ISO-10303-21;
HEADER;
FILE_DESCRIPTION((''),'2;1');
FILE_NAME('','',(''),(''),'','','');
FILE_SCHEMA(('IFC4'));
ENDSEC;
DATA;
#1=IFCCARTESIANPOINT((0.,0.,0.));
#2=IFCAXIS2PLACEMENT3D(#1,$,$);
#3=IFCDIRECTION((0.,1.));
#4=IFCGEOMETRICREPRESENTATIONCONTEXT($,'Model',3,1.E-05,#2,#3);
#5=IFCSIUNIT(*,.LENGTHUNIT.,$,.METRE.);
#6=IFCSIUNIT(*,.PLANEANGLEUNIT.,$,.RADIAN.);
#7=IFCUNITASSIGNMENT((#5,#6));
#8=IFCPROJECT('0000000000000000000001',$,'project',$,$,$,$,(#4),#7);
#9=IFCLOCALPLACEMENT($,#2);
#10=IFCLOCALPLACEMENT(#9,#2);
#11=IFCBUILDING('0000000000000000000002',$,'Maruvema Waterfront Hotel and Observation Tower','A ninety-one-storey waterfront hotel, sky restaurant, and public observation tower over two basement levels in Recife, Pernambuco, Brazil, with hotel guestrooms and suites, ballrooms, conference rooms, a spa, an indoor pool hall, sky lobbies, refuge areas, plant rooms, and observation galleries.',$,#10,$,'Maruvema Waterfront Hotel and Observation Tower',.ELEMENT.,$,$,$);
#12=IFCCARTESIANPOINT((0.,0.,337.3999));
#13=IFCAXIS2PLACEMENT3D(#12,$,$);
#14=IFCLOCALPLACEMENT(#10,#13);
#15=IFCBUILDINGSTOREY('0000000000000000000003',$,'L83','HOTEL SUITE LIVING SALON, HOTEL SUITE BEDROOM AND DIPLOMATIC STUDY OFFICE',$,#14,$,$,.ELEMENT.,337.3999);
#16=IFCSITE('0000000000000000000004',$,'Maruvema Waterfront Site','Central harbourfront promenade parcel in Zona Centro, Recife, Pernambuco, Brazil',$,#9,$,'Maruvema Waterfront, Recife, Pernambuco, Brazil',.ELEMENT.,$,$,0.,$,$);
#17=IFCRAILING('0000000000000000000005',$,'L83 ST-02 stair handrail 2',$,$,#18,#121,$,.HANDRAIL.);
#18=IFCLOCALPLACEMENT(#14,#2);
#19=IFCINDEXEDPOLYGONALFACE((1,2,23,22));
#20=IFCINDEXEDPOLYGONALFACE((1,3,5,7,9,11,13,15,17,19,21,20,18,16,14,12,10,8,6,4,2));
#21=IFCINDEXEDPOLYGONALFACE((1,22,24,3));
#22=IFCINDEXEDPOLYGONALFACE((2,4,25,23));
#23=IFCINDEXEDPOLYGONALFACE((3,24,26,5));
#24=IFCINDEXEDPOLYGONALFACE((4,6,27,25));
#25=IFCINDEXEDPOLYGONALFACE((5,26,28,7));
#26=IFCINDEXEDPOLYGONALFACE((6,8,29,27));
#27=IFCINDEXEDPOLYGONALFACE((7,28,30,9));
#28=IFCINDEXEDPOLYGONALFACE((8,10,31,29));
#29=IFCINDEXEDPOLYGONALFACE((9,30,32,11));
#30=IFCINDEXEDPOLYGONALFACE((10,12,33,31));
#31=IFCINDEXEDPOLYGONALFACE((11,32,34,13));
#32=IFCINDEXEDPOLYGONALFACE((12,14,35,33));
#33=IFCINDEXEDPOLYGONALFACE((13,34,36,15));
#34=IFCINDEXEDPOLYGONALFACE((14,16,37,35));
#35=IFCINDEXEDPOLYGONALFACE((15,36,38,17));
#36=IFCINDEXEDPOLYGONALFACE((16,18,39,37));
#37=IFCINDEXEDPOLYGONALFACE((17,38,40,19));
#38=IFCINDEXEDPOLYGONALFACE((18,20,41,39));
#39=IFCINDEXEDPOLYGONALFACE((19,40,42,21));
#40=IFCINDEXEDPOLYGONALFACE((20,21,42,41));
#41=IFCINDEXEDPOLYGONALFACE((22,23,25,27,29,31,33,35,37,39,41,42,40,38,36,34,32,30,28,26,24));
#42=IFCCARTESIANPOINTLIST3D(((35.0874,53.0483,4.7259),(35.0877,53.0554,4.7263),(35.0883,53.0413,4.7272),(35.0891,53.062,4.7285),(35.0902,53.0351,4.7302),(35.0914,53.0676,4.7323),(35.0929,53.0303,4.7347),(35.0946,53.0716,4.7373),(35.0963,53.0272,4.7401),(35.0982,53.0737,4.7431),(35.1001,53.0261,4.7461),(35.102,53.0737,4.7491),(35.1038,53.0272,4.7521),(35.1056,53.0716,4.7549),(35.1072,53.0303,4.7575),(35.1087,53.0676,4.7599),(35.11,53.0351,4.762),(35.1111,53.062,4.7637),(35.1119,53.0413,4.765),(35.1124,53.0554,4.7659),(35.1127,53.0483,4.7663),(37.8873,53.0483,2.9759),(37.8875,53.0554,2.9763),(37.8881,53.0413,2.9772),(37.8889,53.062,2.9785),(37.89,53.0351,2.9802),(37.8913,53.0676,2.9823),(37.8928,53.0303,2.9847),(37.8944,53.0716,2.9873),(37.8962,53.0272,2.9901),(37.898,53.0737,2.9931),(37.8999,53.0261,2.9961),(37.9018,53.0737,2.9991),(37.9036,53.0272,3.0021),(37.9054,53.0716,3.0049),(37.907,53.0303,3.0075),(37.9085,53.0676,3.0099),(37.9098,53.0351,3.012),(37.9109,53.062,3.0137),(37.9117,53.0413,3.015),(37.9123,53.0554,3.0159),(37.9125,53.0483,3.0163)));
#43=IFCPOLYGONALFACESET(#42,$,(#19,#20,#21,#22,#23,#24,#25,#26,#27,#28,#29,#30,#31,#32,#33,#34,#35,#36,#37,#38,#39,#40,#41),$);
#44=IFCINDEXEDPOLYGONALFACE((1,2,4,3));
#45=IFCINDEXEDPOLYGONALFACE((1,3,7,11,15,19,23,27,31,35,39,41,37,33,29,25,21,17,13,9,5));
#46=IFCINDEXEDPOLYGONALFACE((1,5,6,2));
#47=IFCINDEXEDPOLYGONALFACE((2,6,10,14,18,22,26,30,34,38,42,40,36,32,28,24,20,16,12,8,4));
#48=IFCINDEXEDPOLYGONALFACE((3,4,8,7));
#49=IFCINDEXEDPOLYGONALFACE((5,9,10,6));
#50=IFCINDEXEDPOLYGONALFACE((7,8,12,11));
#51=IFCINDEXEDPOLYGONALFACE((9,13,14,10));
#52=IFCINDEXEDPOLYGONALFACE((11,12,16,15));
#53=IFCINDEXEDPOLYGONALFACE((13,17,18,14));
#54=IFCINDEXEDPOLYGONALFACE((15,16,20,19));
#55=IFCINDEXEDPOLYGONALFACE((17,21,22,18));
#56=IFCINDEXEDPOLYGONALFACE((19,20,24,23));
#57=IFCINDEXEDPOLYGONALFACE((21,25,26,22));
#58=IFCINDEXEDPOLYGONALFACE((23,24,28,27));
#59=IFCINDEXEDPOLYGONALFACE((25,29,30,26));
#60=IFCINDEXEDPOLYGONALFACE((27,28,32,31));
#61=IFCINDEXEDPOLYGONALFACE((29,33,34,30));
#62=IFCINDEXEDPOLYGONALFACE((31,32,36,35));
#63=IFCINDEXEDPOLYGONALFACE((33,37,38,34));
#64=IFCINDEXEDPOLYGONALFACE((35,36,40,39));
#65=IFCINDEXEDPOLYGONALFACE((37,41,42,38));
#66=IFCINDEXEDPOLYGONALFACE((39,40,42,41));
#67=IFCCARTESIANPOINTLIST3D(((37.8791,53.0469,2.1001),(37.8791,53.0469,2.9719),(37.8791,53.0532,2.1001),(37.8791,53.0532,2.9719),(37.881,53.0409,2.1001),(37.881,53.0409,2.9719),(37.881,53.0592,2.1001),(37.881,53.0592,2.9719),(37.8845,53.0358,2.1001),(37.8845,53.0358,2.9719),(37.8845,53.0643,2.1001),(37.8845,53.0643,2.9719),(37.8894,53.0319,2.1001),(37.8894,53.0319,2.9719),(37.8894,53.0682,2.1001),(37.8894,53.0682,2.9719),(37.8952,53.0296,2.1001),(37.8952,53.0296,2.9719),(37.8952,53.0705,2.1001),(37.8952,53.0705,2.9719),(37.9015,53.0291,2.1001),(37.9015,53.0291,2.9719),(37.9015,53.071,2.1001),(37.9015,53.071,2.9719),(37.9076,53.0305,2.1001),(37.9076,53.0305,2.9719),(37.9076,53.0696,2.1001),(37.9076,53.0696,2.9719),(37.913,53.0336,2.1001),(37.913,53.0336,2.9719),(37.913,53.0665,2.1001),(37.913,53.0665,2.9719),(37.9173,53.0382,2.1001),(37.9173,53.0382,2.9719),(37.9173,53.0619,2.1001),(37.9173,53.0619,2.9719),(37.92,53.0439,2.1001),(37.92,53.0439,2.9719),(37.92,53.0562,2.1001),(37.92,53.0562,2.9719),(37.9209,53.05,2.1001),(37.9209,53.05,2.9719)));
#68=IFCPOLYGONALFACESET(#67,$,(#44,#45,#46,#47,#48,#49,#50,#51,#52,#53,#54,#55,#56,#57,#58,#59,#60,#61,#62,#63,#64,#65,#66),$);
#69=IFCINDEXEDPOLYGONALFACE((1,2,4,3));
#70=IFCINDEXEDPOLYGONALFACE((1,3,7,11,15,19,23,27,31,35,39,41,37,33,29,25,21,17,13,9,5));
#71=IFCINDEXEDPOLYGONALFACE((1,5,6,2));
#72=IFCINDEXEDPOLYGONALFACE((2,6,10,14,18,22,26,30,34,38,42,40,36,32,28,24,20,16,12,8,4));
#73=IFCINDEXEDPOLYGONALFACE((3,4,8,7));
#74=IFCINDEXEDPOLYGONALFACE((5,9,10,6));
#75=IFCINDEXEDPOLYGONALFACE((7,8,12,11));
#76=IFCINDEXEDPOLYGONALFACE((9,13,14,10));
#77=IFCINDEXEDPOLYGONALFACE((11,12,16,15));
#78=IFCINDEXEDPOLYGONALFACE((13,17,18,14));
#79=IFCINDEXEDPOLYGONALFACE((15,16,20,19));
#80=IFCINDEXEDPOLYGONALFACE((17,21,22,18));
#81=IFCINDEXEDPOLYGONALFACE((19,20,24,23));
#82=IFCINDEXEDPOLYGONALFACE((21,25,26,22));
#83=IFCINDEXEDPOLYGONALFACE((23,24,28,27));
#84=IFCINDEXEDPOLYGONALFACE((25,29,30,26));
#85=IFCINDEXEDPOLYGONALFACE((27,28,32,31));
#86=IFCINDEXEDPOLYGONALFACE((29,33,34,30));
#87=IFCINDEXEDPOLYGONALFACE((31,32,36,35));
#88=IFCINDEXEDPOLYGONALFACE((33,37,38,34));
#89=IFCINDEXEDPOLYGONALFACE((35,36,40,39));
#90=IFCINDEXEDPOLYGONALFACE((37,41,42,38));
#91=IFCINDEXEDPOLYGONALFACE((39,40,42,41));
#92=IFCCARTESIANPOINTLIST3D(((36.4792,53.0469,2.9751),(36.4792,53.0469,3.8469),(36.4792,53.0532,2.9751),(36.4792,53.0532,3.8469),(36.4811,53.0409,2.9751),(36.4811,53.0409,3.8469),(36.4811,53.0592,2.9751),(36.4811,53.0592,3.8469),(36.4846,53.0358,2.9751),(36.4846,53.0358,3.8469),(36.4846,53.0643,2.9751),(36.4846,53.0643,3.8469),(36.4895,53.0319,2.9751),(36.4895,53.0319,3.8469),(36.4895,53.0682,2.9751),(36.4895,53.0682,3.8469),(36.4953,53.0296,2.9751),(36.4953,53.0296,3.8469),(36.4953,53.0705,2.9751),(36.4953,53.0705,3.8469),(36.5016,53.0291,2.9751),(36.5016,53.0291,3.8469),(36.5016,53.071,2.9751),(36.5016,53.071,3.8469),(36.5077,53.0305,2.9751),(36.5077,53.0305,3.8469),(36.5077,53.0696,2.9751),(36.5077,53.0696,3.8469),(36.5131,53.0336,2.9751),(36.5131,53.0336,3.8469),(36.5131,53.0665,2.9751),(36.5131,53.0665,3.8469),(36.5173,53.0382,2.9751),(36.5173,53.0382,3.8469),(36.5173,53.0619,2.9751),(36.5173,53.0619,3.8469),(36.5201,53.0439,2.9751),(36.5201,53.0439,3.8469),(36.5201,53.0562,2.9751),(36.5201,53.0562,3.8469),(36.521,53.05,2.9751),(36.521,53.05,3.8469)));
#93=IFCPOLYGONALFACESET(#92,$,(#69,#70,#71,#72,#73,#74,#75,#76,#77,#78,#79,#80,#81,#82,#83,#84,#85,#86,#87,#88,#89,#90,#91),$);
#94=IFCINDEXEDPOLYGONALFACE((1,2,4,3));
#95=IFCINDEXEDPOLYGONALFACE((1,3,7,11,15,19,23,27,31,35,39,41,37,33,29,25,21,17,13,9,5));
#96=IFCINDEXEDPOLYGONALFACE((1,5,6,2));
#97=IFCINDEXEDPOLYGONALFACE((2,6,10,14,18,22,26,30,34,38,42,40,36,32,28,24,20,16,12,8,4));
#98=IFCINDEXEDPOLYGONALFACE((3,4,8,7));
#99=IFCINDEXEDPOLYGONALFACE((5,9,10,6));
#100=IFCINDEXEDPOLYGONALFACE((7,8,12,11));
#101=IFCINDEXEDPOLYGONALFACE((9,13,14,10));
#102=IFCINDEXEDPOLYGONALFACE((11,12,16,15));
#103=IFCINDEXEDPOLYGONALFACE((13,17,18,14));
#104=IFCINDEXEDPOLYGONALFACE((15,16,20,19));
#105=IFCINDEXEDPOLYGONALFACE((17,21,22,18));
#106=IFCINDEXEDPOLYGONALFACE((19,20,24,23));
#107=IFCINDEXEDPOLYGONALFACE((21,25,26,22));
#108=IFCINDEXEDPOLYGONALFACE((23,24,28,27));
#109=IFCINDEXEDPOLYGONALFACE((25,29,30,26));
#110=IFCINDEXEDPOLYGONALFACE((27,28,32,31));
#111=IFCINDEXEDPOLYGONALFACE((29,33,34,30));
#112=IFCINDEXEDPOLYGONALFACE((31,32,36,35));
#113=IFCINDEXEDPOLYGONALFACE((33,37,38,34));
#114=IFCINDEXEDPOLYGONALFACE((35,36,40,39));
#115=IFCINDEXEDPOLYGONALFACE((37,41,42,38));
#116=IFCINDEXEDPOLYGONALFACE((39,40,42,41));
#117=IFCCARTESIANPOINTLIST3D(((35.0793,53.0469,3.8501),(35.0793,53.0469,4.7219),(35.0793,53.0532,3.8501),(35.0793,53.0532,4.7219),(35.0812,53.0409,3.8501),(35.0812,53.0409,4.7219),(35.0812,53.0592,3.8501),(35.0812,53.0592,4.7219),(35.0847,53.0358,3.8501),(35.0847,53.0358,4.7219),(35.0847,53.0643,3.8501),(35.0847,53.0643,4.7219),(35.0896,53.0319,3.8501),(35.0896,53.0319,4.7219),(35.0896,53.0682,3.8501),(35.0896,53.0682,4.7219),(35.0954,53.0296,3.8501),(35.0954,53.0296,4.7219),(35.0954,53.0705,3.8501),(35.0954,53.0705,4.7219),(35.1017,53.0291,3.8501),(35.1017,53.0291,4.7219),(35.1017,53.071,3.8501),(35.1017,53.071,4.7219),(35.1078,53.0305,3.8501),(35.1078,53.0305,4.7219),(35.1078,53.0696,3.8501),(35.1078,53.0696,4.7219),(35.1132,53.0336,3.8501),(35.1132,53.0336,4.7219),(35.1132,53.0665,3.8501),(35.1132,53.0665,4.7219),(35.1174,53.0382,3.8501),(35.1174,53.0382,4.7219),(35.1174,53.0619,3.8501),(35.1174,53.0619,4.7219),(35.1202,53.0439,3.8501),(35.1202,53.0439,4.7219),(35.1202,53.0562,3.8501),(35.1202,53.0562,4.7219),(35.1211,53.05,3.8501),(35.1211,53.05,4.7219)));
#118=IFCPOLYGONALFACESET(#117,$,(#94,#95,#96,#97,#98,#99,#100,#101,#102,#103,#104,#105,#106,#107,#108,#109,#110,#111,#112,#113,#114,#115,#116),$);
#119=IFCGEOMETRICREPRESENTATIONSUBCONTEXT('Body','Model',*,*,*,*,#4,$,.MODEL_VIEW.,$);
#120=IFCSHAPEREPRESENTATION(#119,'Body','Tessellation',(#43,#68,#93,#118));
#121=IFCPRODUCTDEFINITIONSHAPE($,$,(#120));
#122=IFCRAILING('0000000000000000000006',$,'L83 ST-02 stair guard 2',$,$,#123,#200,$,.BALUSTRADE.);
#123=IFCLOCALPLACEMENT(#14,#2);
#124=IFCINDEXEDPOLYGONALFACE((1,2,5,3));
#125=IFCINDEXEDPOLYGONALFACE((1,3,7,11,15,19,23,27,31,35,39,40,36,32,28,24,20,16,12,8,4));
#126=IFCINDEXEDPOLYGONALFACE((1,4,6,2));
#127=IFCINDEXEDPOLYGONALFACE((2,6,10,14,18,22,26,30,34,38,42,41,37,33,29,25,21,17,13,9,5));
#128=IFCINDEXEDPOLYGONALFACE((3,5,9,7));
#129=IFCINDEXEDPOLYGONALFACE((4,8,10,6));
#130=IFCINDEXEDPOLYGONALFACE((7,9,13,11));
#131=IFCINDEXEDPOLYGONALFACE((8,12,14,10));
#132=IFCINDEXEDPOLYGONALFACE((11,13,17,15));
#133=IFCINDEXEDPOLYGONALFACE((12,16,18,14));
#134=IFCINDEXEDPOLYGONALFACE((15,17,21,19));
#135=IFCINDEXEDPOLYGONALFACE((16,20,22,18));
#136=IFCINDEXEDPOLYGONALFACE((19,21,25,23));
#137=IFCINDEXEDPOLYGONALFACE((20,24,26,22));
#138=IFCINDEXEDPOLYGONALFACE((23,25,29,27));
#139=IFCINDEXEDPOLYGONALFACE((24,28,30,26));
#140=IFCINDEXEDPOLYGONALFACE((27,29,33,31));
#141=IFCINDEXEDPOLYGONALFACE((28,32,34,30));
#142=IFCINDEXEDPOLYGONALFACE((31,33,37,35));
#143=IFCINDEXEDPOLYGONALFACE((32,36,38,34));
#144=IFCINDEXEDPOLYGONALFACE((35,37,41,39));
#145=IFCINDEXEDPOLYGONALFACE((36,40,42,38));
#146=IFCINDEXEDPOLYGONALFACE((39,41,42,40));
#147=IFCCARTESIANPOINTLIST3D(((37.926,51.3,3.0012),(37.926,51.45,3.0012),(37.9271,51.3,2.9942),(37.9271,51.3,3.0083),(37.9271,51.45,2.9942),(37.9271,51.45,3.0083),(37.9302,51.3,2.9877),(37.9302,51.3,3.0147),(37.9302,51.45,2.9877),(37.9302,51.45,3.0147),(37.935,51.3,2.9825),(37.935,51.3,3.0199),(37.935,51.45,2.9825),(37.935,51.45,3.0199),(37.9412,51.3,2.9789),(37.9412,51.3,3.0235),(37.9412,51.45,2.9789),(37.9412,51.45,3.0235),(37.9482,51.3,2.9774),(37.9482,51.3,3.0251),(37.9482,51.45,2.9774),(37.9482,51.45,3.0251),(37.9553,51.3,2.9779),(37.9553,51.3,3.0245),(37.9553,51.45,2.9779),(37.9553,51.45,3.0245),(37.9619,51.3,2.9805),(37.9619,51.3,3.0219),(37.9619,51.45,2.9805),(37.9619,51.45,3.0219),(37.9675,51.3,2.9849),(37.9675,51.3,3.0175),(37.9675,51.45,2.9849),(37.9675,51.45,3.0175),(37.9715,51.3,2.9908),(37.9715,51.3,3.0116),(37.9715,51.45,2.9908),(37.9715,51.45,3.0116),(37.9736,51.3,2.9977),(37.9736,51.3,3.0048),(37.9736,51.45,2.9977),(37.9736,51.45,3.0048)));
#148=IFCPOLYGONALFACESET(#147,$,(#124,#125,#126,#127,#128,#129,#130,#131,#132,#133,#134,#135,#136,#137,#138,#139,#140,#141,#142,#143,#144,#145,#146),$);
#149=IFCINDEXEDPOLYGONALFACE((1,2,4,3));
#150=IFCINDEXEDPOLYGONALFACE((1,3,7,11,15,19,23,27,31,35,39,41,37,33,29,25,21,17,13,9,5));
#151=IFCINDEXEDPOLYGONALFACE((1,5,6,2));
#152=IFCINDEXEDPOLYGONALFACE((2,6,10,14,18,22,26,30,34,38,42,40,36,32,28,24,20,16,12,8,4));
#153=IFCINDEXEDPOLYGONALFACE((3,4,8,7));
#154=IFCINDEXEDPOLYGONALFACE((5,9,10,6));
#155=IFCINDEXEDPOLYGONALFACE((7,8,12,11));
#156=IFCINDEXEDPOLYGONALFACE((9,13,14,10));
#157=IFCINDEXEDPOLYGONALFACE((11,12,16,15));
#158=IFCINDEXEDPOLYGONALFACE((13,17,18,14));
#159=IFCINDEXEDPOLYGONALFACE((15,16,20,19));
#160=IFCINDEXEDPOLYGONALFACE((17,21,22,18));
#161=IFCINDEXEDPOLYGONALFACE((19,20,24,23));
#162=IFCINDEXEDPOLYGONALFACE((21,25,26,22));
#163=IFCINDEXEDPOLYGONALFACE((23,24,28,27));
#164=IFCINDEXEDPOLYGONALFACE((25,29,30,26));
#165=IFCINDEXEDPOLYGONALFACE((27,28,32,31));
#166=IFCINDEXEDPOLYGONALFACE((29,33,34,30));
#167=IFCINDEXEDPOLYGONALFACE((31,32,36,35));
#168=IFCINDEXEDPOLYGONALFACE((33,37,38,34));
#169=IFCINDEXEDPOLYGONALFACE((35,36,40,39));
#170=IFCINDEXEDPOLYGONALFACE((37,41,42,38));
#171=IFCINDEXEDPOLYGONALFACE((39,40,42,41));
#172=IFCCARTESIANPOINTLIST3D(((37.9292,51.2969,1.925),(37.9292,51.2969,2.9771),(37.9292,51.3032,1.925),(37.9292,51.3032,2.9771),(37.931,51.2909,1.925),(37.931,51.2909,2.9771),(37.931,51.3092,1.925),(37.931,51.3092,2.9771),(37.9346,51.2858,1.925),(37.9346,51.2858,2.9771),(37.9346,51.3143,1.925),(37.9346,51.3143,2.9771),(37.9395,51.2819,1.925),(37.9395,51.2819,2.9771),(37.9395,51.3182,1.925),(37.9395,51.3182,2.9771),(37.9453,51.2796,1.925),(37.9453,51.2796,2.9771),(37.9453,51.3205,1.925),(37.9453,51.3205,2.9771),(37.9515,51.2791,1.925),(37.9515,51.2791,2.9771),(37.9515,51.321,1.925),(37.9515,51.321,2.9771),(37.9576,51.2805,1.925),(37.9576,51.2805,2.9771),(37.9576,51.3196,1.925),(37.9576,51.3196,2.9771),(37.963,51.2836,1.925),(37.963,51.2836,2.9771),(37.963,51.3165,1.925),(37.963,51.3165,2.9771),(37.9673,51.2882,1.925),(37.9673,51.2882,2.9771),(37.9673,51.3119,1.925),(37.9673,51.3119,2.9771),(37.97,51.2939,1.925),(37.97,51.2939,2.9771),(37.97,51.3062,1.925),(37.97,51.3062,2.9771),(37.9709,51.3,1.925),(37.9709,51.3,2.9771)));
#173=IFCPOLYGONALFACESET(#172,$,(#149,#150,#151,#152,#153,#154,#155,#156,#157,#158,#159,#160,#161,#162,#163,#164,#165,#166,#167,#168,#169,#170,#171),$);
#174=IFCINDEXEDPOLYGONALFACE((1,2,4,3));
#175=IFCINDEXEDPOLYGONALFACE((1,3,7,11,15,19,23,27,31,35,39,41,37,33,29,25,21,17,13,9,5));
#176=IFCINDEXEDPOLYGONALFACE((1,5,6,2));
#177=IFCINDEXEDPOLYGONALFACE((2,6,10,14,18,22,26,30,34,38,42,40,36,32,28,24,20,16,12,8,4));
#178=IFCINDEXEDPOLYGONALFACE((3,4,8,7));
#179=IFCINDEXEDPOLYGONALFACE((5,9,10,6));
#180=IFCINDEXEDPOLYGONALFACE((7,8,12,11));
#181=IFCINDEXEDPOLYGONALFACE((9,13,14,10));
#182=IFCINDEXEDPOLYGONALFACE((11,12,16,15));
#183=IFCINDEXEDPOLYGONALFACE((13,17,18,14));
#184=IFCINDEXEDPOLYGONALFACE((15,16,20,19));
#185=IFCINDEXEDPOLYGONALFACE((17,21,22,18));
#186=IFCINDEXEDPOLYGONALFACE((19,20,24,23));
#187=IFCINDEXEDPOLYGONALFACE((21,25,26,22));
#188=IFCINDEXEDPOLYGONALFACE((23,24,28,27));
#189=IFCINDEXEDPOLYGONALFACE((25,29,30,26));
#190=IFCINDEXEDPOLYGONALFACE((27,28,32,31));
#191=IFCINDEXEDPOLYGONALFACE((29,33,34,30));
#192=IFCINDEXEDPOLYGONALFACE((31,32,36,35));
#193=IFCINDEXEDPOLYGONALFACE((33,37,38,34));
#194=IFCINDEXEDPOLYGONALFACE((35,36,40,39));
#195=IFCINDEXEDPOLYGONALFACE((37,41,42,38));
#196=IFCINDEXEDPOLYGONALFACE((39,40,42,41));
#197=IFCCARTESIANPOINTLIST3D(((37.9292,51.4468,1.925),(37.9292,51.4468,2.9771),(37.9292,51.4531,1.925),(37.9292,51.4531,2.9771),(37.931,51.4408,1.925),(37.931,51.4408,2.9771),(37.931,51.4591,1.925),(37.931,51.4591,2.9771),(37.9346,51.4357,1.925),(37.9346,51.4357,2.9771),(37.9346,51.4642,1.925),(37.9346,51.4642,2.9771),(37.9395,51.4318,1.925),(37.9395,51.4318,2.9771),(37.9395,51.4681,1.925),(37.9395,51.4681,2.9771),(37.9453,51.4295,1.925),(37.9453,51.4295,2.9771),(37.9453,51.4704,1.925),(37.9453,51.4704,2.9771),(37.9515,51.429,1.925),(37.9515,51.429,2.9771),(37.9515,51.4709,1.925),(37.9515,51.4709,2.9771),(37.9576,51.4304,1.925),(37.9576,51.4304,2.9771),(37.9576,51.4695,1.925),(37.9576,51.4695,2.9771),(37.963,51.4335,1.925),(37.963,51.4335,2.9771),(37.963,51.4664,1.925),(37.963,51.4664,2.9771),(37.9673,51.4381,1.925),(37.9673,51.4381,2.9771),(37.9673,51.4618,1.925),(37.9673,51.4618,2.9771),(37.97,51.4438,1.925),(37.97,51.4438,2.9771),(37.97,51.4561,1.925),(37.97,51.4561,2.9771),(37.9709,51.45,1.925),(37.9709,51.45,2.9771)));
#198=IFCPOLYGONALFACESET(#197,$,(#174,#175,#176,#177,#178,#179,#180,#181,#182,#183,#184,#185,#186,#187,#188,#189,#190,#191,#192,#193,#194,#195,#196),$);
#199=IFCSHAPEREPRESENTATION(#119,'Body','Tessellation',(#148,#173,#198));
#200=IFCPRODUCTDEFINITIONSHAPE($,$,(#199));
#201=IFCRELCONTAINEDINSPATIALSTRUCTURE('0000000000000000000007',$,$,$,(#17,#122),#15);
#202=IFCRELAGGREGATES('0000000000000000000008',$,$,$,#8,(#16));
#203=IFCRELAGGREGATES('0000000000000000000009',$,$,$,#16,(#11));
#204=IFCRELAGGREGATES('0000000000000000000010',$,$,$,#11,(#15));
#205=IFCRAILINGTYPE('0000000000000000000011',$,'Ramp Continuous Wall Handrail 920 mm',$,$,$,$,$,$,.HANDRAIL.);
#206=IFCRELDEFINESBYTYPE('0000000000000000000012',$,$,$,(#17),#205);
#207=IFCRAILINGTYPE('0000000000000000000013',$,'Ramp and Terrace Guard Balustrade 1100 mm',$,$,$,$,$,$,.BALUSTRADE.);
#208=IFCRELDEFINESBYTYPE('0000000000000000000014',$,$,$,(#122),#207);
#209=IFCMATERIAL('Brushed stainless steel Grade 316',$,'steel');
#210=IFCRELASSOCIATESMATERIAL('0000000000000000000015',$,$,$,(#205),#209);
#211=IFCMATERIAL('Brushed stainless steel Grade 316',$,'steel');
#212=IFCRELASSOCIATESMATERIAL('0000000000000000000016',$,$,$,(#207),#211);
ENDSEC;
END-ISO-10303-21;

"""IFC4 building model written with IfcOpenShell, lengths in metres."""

from ifc_helpers import new_model, si_unit, direction, frame, origin, origin_2d, place, context, subcontext, project, spatial, circle, extrude, material, type_object, element, save


model = new_model("IFC4")

# Units and contexts
model_context = context("Model", 3, precision=1e-05, world=origin(), true_north=direction((0.0, 1.0)))
body_context = subcontext(model_context, "Body", "Model", "MODEL_VIEW")
ifc_project = project(units=[si_unit("LENGTHUNIT", "METRE"), si_unit("PLANEANGLEUNIT", "RADIAN")], contexts=[model_context])

# Site, building, storey
site_placement = place(None, origin())
site = spatial("IfcSite", under=ifc_project, at=site_placement, Name="Maruvema Waterfront Site", Description="Central harbourfront promenade parcel in Zona Centro, Recife, Pernambuco, Brazil", LongName="Maruvema Waterfront, Recife, Pernambuco, Brazil", CompositionType="ELEMENT", RefElevation=0.0)
building_placement = place(site_placement, origin())
building = spatial("IfcBuilding", under=site, at=building_placement, Name="Maruvema Waterfront Hotel and Observation Tower", Description="A ninety-one-storey waterfront hotel, sky restaurant, and public observation tower over two basement levels in Recife, Pernambuco, Brazil, with hotel guestrooms and suites, ballrooms, conference rooms, a spa, an indoor pool hall, sky lobbies, refuge areas, plant rooms, and observation galleries.", LongName="Maruvema Waterfront Hotel and Observation Tower", CompositionType="ELEMENT")
storey_placement = place(building_placement, frame((0.0, 0.0, 337.3999)))
storey = spatial("IfcBuildingStorey", under=building, at=storey_placement, Name="L83", Description="HOTEL SUITE LIVING SALON, HOTEL SUITE BEDROOM AND DIPLOMATIC STUDY OFFICE", CompositionType="ELEMENT", Elevation=337.3999)

# Railings
ifc_material_1 = material(Name="Brushed stainless steel Grade 316", Category="steel")
railing_type_1 = type_object("IfcRailingType", Name="Ramp Continuous Wall Handrail 920 mm", PredefinedType="HANDRAIL", material=ifc_material_1)
railing_1_placement = place(storey_placement, frame((37.8999, 53.05, 2.1001)))
element("IfcRailing", 1, at=railing_1_placement, inside=storey, type_object=railing_type_1, Name="L83 ST-02 stair handrail 2", PredefinedType="HANDRAIL", context=body_context, shape_type="SweptSolid", body=[
    extrude(circle(Radius=0.0239, at=origin_2d()), frame((0.0, 0.0, 0.896), z_axis=(-0.847982, 0.0, 0.530026), x_axis=(0.0, -1.0, 0.0)), (0.0, 0.0, 1.0), 3.3018),
    extrude(circle(Radius=0.021, at=origin_2d()), origin(), (0.0, 0.0, 1.0), 0.8718),
    extrude(circle(Radius=0.021, at=origin_2d()), frame((-1.3999, 0.0, 0.875)), (0.0, 0.0, 1.0), 0.8718),
    extrude(circle(Radius=0.021, at=origin_2d()), frame((-2.7998, 0.0, 1.75)), (0.0, 0.0, 1.0), 0.8718),
])
ifc_material_2 = material(Name="Brushed stainless steel Grade 316", Category="steel")
railing_type_2 = type_object("IfcRailingType", Name="Ramp and Terrace Guard Balustrade 1100 mm", PredefinedType="BALUSTRADE", material=ifc_material_2)
railing_2_placement = place(storey_placement, frame((37.95, 51.3, 1.925)))
element("IfcRailing", 2, at=railing_2_placement, inside=storey, type_object=railing_type_2, Name="L83 ST-02 stair guard 2", PredefinedType="BALUSTRADE", context=body_context, shape_type="SweptSolid", body=[
    extrude(circle(Radius=0.0239, at=origin_2d()), frame((0.0, 0.0, 1.0762), z_axis=(0.0, 1.0, 0.0), x_axis=(-1.0, 0.0, 0.0)), (0.0, 0.0, 1.0), 0.1499),
    extrude(circle(Radius=0.021, at=origin_2d()), origin(), (0.0, 0.0, 1.0), 1.052),
    extrude(circle(Radius=0.021, at=origin_2d()), frame((0.0, 0.1499, 0.0)), (0.0, 0.0, 1.0), 1.052),
])

save(model, "model.ifc")
